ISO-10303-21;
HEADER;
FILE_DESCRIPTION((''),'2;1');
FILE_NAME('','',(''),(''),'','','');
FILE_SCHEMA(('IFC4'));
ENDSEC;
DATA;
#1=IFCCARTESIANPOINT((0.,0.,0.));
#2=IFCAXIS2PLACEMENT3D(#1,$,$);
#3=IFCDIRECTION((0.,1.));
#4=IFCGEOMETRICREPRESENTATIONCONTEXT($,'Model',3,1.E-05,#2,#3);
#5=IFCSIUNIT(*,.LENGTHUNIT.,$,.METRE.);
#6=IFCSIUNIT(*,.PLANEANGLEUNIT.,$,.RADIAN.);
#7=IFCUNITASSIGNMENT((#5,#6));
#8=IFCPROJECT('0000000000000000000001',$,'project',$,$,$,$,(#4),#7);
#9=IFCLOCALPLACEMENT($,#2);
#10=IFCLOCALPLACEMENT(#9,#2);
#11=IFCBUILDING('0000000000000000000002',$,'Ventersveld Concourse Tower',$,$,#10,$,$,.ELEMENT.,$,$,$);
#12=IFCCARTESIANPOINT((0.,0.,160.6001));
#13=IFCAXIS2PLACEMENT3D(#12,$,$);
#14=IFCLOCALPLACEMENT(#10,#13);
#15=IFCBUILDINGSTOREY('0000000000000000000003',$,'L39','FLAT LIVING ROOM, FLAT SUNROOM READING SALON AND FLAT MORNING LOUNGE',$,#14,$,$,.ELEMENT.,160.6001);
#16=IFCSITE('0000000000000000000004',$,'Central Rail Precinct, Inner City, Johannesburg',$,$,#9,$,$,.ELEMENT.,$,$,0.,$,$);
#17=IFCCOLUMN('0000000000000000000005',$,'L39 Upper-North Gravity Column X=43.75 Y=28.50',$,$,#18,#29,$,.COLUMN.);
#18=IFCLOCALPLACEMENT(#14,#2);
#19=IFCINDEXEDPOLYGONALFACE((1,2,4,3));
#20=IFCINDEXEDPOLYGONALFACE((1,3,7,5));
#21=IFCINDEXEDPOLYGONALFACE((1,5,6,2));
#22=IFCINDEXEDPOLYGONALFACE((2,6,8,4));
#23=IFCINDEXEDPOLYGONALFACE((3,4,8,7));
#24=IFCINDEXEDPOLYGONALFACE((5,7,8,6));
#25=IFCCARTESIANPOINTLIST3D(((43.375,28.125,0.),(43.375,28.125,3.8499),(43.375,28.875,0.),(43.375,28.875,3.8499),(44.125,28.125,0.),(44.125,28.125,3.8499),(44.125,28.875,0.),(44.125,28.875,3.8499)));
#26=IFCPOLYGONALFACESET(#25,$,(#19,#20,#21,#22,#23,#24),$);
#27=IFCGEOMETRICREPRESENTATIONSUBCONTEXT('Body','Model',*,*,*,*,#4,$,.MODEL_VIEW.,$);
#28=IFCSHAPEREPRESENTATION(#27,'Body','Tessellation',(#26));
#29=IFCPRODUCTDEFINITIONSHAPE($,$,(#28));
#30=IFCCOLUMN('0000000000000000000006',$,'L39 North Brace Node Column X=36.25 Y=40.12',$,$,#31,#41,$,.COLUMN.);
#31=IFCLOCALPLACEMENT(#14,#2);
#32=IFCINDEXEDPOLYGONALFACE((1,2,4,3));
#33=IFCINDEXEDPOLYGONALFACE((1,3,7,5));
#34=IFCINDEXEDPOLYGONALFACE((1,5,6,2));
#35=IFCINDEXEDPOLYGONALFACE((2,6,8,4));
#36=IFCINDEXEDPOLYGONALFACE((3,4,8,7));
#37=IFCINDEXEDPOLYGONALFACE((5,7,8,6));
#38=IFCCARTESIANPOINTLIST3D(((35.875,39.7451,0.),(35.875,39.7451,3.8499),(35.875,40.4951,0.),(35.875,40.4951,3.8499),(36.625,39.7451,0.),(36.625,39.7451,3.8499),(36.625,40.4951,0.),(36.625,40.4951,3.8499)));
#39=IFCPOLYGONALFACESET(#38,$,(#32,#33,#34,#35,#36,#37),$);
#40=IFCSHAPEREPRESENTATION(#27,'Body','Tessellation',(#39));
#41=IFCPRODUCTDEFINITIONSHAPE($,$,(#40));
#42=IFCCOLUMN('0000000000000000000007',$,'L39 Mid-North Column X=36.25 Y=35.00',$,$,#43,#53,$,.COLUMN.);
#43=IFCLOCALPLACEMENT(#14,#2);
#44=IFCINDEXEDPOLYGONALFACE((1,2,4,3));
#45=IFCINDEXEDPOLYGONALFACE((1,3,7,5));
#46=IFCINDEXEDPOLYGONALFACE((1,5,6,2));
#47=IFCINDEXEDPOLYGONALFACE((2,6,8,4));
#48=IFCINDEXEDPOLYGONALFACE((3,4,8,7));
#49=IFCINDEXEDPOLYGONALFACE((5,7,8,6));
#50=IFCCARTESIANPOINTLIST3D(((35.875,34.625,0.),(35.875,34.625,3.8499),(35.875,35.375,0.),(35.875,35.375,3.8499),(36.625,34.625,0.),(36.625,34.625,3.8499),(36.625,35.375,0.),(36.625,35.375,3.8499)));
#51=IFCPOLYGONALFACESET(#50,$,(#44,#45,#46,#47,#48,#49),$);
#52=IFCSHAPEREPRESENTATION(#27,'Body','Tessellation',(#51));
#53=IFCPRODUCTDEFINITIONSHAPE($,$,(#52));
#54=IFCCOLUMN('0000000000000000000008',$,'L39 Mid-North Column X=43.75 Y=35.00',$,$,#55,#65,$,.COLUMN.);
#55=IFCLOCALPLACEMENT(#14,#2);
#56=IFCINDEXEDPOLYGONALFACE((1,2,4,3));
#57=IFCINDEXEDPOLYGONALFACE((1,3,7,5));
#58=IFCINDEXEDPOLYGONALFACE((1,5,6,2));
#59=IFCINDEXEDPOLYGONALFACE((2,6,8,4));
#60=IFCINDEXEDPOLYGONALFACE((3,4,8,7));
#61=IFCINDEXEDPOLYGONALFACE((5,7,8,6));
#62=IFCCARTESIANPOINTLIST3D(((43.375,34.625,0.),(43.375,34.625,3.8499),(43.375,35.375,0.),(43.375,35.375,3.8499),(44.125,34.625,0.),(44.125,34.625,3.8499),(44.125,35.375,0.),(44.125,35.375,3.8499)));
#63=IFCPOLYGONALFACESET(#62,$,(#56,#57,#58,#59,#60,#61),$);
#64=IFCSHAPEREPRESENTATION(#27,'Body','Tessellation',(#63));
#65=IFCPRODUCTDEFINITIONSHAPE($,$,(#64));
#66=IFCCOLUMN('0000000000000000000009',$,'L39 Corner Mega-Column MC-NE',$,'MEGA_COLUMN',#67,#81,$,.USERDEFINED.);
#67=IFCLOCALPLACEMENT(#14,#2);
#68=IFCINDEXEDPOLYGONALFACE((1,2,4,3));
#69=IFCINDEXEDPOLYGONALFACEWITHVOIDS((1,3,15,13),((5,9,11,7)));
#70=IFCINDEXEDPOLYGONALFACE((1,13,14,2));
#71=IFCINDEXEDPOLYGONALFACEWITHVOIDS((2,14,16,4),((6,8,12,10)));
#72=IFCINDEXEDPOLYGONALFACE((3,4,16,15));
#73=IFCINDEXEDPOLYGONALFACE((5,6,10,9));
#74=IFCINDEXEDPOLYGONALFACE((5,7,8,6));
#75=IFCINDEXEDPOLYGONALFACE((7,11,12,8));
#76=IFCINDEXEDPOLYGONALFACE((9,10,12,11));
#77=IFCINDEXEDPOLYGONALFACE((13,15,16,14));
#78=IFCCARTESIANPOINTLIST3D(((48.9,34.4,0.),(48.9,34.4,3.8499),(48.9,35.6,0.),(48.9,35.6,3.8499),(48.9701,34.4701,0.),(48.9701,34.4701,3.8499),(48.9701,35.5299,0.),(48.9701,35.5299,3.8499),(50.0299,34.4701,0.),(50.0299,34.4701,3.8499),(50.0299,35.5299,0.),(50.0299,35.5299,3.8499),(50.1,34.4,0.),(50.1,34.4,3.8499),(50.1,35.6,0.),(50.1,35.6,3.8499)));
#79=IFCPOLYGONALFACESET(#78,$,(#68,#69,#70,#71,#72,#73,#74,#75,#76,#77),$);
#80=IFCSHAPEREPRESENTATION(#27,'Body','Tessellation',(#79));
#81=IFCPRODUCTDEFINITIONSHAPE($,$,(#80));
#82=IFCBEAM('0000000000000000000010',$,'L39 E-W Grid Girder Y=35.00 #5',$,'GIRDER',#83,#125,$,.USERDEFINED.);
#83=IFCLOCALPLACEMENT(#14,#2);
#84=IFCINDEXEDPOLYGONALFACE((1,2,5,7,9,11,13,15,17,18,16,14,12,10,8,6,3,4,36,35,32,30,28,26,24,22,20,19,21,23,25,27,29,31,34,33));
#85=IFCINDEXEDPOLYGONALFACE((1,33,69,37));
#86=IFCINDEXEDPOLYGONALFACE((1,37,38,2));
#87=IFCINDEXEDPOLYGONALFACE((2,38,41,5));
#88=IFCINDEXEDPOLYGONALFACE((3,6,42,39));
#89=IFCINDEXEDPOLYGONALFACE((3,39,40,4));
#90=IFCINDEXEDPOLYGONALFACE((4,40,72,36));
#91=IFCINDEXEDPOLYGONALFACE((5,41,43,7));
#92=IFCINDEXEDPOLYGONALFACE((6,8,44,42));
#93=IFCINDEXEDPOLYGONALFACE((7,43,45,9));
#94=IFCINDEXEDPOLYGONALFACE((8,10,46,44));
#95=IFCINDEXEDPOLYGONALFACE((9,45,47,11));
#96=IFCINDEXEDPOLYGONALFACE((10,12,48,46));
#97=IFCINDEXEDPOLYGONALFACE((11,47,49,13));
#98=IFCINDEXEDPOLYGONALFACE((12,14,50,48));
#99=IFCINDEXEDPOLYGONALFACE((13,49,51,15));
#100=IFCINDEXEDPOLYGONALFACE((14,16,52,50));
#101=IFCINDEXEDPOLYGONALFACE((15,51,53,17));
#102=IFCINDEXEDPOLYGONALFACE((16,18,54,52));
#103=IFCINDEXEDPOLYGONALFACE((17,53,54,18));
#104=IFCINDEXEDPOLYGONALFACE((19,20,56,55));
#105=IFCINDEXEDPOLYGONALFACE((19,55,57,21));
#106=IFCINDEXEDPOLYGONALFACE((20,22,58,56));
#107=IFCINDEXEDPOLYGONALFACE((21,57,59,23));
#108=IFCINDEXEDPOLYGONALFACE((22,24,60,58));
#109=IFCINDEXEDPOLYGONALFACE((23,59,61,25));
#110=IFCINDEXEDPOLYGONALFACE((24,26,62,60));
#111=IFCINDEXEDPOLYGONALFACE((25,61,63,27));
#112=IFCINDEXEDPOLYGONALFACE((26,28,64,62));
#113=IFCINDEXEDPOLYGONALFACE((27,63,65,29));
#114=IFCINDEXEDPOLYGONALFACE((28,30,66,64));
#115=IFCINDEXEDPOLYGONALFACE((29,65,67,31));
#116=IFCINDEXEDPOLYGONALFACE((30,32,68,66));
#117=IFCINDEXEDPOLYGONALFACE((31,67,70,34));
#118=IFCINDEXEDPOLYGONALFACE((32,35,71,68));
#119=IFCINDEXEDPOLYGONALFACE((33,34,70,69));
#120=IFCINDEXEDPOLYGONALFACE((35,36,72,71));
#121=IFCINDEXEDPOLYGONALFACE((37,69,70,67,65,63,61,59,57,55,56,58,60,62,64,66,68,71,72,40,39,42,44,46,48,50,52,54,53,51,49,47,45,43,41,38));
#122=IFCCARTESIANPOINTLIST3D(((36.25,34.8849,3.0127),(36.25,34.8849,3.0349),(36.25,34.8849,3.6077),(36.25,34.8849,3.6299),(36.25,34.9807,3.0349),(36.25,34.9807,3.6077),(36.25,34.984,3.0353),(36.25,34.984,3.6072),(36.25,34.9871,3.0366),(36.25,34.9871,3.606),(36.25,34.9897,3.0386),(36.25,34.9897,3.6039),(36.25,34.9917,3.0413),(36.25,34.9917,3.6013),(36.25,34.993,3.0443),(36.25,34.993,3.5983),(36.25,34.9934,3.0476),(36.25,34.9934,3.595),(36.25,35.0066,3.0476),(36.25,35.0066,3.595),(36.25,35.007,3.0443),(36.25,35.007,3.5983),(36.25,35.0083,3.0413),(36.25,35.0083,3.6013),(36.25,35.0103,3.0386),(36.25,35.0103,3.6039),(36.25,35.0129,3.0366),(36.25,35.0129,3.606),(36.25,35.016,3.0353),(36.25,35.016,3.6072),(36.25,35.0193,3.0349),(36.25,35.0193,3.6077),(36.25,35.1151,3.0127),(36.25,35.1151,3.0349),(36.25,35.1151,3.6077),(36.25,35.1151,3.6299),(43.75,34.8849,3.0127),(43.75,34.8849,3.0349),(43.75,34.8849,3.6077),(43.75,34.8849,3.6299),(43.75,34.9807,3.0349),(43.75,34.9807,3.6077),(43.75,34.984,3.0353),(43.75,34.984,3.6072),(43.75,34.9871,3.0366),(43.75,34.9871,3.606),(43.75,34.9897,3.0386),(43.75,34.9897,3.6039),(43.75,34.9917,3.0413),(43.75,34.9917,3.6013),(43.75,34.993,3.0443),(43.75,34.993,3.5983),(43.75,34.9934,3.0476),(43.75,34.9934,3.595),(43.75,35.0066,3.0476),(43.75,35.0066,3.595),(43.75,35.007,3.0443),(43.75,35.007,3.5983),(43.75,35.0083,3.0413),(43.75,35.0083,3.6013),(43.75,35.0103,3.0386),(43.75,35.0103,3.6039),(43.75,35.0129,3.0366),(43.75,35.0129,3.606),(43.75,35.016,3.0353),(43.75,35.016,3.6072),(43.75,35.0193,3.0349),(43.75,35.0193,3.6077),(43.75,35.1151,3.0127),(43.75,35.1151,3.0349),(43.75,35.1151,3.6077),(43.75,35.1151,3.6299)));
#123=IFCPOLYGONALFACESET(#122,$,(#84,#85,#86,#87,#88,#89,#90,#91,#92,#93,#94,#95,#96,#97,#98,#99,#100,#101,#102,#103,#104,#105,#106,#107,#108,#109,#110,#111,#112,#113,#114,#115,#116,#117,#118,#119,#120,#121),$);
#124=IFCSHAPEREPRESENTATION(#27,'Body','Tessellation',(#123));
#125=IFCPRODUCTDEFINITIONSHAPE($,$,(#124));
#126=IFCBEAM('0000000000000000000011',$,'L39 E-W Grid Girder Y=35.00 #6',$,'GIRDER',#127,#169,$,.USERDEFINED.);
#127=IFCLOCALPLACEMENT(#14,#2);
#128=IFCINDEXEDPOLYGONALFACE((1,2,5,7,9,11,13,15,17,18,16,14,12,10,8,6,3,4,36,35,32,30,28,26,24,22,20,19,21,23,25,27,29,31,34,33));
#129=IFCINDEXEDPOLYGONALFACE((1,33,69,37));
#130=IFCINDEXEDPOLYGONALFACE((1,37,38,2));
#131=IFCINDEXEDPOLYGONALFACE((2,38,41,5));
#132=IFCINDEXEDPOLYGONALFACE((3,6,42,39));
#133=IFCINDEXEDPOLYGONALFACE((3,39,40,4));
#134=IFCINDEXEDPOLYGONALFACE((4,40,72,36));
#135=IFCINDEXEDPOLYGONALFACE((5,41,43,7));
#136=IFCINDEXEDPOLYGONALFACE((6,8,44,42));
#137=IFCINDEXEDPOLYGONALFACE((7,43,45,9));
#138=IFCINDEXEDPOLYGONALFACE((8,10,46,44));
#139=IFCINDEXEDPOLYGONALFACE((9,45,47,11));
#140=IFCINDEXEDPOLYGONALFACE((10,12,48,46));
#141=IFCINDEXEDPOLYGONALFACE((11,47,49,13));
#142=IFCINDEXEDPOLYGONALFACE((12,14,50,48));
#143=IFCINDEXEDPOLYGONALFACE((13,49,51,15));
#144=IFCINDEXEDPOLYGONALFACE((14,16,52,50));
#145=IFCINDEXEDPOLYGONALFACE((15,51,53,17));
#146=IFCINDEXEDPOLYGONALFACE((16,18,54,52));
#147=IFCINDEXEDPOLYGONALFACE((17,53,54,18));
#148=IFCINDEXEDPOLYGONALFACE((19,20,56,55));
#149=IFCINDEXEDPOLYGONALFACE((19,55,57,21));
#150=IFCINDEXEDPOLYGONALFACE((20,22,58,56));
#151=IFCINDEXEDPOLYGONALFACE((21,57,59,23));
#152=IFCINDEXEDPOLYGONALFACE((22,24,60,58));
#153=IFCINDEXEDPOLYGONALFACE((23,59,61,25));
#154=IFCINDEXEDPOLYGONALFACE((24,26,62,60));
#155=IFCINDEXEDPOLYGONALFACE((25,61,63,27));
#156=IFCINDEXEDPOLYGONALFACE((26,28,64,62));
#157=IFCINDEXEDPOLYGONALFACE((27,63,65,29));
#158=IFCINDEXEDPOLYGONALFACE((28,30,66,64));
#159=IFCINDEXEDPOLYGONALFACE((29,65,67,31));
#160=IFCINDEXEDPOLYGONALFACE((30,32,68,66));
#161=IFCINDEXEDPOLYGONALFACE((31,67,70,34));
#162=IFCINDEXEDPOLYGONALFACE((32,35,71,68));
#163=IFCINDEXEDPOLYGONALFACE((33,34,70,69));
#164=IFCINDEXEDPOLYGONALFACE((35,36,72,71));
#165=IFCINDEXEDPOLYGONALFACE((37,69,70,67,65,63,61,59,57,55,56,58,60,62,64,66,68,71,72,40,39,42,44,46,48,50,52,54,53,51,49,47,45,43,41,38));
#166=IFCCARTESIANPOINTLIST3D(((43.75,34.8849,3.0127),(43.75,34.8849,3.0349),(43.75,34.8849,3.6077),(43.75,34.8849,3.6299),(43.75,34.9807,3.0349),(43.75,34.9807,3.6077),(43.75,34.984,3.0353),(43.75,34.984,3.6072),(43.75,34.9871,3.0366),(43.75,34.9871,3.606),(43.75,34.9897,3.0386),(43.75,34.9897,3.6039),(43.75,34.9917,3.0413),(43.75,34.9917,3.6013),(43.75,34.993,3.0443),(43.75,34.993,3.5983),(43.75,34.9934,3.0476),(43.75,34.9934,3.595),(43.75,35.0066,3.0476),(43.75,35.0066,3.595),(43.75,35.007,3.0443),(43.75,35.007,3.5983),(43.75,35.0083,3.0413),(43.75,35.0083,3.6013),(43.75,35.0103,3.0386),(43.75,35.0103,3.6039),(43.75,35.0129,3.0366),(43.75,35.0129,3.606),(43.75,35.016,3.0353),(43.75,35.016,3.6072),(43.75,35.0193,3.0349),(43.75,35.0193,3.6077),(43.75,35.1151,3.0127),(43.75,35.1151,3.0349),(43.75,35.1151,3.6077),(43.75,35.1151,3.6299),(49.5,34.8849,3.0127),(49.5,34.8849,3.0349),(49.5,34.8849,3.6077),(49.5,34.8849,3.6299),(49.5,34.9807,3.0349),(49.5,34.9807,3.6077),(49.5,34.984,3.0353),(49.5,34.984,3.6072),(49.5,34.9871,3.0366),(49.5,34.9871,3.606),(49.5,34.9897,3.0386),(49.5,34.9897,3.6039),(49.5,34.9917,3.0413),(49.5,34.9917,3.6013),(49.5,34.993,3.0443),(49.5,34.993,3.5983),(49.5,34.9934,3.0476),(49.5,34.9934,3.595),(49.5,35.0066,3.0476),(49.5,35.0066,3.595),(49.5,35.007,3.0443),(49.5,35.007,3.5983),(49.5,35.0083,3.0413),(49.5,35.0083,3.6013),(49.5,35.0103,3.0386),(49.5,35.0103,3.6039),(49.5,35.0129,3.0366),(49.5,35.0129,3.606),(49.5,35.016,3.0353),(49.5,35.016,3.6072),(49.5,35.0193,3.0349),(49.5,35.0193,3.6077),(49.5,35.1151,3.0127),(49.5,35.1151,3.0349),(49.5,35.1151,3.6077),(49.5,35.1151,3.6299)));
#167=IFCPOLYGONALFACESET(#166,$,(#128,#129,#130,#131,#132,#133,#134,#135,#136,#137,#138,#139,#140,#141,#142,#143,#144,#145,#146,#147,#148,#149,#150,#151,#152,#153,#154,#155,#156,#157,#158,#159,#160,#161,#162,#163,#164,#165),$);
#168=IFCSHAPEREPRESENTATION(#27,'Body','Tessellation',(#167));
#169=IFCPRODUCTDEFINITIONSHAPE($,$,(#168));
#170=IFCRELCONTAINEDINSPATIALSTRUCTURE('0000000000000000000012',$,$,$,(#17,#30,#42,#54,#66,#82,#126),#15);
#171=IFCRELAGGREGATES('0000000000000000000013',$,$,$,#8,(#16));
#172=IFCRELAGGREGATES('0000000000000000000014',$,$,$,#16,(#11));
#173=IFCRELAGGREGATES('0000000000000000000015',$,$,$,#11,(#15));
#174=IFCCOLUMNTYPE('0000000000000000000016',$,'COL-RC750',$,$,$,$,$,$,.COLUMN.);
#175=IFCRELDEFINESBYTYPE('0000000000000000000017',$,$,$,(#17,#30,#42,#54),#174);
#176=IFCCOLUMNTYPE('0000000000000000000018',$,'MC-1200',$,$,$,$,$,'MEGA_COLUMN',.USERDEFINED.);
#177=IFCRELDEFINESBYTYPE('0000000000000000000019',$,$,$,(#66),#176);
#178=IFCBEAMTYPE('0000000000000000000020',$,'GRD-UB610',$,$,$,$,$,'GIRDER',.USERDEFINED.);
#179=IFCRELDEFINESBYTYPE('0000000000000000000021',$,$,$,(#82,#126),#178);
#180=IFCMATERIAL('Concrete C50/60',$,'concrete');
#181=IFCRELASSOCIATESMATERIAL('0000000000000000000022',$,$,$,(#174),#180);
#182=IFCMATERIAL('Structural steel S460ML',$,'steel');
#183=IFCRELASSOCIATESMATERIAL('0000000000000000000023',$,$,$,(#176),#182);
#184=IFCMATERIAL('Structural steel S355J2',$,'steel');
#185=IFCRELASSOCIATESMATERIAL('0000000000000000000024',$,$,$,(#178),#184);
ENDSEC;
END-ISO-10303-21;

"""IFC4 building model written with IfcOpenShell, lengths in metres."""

from ifc_helpers import new_model, si_unit, direction, frame, origin, origin_2d, place, context, subcontext, project, spatial, rectangle, hollow_rectangle, i_section, extrude, material, material_profile, profile_set, type_object, element, save


model = new_model("IFC4")

# Units and contexts
model_context = context("Model", 3, precision=1e-05, world=origin(), true_north=direction((0.0, 1.0)))
body_context = subcontext(model_context, "Body", "Model", "MODEL_VIEW")
ifc_project = project(units=[si_unit("LENGTHUNIT", "METRE"), si_unit("PLANEANGLEUNIT", "RADIAN")], contexts=[model_context])

# Site, building, storey
site_placement = place(None, origin())
site = spatial("IfcSite", under=ifc_project, at=site_placement, Name="Central Rail Precinct, Inner City, Johannesburg", CompositionType="ELEMENT", RefElevation=0.0)
building_placement = place(site_placement, origin())
building = spatial("IfcBuilding", under=site, at=building_placement, Name="Ventersveld Concourse Tower", CompositionType="ELEMENT")
storey_placement = place(building_placement, frame((0.0, 0.0, 160.6001)))
storey = spatial("IfcBuildingStorey", under=building, at=storey_placement, Name="L39", Description="FLAT LIVING ROOM, FLAT SUNROOM READING SALON AND FLAT MORNING LOUNGE", CompositionType="ELEMENT", Elevation=160.6001)

# Columns
ifc_material_1 = material(Name="Concrete C50/60", Category="concrete")
ifc_material_profile_1 = material_profile(ifc_material_1, rectangle(XDim=0.75, YDim=0.75, at=origin_2d()), Name="RC 750x750")
ifc_profile_set_1 = profile_set([ifc_material_profile_1], Name="Concrete C50/60")
column_type_1 = type_object("IfcColumnType", Name="COL-RC750", PredefinedType="COLUMN", material=ifc_profile_set_1)
for number, where, z_axis, x_axis, name in (
    (1, (43.75, 28.5, 0.0), (0.0, 0.0, 1.0), (1.0, 0.0, 0.0), "L39 Upper-North Gravity Column X=43.75 Y=28.50"),
    (2, (36.25, 40.1201, 0.0), (0.0, 0.0, 1.0), (1.0, 0.0, 0.0), "L39 North Brace Node Column X=36.25 Y=40.12"),
    (3, (36.25, 35.0, 0.0), (0.0, 0.0, 1.0), (1.0, 0.0, 0.0), "L39 Mid-North Column X=36.25 Y=35.00"),
    (4, (43.75, 35.0, 0.0), (0.0, 0.0, 1.0), (1.0, 0.0, 0.0), "L39 Mid-North Column X=43.75 Y=35.00"),
):
    element("IfcColumn", number, at=place(storey_placement, frame(where, z_axis=z_axis, x_axis=x_axis)), inside=storey, type_object=column_type_1, Name=name, PredefinedType="COLUMN", context=body_context, shape_type="SweptSolid", body=[
        extrude(rectangle(XDim=0.75, YDim=0.75, at=origin_2d()), origin(), (0.0, 0.0, 1.0), 3.8499),
    ])
ifc_material_2 = material(Name="Structural steel S460ML", Category="steel")
ifc_material_profile_2 = material_profile(ifc_material_2, hollow_rectangle(XDim=1.2, YDim=1.2, WallThickness=0.0701, at=origin_2d()), Name="BOX 1200x1200x70")
ifc_profile_set_2 = profile_set([ifc_material_profile_2], Name="Structural steel S460ML")
column_type_2 = type_object("IfcColumnType", Name="MC-1200", ElementType="MEGA_COLUMN", PredefinedType="USERDEFINED", material=ifc_profile_set_2)
column_placement = place(storey_placement, frame((49.5, 35.0, 0.0), z_axis=(0.0, 0.0, 1.0), x_axis=(1.0, 0.0, 0.0)))
element("IfcColumn", 5, at=column_placement, inside=storey, type_object=column_type_2, Name="L39 Corner Mega-Column MC-NE", ObjectType="MEGA_COLUMN", PredefinedType="USERDEFINED", context=body_context, shape_type="SweptSolid", body=[
    extrude(hollow_rectangle(XDim=1.2, YDim=1.2, WallThickness=0.0701, at=origin_2d()), origin(), (0.0, 0.0, 1.0), 3.8499),
])

# Beams
ifc_material_3 = material(Name="Structural steel S355J2", Category="steel")
ifc_material_profile_3 = material_profile(ifc_material_3, i_section(OverallWidth=0.2302, OverallDepth=0.6172, WebThickness=0.0132, FlangeThickness=0.0222, FilletRadius=0.0127, at=origin_2d()), Name="UB 610x229x140")
ifc_profile_set_3 = profile_set([ifc_material_profile_3], Name="Structural steel S355J2")
beam_type = type_object("IfcBeamType", Name="GRD-UB610", ElementType="GIRDER", PredefinedType="USERDEFINED", material=ifc_profile_set_3)
beam_1_placement = place(storey_placement, frame((36.25, 35.0, 3.3213), z_axis=(1.0, 0.0, 0.0), x_axis=(0.0, 1.0, 0.0)))
element("IfcBeam", 6, at=beam_1_placement, inside=storey, type_object=beam_type, Name="L39 E-W Grid Girder Y=35.00 #5", ObjectType="GIRDER", PredefinedType="USERDEFINED", context=body_context, shape_type="SweptSolid", body=[
    extrude(i_section(OverallWidth=0.2302, OverallDepth=0.6172, WebThickness=0.0132, FlangeThickness=0.0222, FilletRadius=0.0127, at=origin_2d()), origin(), (0.0, 0.0, 1.0), 7.5),
])
beam_2_placement = place(storey_placement, frame((43.75, 35.0, 3.3213), z_axis=(1.0, 0.0, 0.0), x_axis=(0.0, 1.0, 0.0)))
element("IfcBeam", 7, at=beam_2_placement, inside=storey, type_object=beam_type, Name="L39 E-W Grid Girder Y=35.00 #6", ObjectType="GIRDER", PredefinedType="USERDEFINED", context=body_context, shape_type="SweptSolid", body=[
    extrude(i_section(OverallWidth=0.2302, OverallDepth=0.6172, WebThickness=0.0132, FlangeThickness=0.0222, FilletRadius=0.0127, at=origin_2d()), origin(), (0.0, 0.0, 1.0), 5.75),
])

save(model, "model.ifc")
